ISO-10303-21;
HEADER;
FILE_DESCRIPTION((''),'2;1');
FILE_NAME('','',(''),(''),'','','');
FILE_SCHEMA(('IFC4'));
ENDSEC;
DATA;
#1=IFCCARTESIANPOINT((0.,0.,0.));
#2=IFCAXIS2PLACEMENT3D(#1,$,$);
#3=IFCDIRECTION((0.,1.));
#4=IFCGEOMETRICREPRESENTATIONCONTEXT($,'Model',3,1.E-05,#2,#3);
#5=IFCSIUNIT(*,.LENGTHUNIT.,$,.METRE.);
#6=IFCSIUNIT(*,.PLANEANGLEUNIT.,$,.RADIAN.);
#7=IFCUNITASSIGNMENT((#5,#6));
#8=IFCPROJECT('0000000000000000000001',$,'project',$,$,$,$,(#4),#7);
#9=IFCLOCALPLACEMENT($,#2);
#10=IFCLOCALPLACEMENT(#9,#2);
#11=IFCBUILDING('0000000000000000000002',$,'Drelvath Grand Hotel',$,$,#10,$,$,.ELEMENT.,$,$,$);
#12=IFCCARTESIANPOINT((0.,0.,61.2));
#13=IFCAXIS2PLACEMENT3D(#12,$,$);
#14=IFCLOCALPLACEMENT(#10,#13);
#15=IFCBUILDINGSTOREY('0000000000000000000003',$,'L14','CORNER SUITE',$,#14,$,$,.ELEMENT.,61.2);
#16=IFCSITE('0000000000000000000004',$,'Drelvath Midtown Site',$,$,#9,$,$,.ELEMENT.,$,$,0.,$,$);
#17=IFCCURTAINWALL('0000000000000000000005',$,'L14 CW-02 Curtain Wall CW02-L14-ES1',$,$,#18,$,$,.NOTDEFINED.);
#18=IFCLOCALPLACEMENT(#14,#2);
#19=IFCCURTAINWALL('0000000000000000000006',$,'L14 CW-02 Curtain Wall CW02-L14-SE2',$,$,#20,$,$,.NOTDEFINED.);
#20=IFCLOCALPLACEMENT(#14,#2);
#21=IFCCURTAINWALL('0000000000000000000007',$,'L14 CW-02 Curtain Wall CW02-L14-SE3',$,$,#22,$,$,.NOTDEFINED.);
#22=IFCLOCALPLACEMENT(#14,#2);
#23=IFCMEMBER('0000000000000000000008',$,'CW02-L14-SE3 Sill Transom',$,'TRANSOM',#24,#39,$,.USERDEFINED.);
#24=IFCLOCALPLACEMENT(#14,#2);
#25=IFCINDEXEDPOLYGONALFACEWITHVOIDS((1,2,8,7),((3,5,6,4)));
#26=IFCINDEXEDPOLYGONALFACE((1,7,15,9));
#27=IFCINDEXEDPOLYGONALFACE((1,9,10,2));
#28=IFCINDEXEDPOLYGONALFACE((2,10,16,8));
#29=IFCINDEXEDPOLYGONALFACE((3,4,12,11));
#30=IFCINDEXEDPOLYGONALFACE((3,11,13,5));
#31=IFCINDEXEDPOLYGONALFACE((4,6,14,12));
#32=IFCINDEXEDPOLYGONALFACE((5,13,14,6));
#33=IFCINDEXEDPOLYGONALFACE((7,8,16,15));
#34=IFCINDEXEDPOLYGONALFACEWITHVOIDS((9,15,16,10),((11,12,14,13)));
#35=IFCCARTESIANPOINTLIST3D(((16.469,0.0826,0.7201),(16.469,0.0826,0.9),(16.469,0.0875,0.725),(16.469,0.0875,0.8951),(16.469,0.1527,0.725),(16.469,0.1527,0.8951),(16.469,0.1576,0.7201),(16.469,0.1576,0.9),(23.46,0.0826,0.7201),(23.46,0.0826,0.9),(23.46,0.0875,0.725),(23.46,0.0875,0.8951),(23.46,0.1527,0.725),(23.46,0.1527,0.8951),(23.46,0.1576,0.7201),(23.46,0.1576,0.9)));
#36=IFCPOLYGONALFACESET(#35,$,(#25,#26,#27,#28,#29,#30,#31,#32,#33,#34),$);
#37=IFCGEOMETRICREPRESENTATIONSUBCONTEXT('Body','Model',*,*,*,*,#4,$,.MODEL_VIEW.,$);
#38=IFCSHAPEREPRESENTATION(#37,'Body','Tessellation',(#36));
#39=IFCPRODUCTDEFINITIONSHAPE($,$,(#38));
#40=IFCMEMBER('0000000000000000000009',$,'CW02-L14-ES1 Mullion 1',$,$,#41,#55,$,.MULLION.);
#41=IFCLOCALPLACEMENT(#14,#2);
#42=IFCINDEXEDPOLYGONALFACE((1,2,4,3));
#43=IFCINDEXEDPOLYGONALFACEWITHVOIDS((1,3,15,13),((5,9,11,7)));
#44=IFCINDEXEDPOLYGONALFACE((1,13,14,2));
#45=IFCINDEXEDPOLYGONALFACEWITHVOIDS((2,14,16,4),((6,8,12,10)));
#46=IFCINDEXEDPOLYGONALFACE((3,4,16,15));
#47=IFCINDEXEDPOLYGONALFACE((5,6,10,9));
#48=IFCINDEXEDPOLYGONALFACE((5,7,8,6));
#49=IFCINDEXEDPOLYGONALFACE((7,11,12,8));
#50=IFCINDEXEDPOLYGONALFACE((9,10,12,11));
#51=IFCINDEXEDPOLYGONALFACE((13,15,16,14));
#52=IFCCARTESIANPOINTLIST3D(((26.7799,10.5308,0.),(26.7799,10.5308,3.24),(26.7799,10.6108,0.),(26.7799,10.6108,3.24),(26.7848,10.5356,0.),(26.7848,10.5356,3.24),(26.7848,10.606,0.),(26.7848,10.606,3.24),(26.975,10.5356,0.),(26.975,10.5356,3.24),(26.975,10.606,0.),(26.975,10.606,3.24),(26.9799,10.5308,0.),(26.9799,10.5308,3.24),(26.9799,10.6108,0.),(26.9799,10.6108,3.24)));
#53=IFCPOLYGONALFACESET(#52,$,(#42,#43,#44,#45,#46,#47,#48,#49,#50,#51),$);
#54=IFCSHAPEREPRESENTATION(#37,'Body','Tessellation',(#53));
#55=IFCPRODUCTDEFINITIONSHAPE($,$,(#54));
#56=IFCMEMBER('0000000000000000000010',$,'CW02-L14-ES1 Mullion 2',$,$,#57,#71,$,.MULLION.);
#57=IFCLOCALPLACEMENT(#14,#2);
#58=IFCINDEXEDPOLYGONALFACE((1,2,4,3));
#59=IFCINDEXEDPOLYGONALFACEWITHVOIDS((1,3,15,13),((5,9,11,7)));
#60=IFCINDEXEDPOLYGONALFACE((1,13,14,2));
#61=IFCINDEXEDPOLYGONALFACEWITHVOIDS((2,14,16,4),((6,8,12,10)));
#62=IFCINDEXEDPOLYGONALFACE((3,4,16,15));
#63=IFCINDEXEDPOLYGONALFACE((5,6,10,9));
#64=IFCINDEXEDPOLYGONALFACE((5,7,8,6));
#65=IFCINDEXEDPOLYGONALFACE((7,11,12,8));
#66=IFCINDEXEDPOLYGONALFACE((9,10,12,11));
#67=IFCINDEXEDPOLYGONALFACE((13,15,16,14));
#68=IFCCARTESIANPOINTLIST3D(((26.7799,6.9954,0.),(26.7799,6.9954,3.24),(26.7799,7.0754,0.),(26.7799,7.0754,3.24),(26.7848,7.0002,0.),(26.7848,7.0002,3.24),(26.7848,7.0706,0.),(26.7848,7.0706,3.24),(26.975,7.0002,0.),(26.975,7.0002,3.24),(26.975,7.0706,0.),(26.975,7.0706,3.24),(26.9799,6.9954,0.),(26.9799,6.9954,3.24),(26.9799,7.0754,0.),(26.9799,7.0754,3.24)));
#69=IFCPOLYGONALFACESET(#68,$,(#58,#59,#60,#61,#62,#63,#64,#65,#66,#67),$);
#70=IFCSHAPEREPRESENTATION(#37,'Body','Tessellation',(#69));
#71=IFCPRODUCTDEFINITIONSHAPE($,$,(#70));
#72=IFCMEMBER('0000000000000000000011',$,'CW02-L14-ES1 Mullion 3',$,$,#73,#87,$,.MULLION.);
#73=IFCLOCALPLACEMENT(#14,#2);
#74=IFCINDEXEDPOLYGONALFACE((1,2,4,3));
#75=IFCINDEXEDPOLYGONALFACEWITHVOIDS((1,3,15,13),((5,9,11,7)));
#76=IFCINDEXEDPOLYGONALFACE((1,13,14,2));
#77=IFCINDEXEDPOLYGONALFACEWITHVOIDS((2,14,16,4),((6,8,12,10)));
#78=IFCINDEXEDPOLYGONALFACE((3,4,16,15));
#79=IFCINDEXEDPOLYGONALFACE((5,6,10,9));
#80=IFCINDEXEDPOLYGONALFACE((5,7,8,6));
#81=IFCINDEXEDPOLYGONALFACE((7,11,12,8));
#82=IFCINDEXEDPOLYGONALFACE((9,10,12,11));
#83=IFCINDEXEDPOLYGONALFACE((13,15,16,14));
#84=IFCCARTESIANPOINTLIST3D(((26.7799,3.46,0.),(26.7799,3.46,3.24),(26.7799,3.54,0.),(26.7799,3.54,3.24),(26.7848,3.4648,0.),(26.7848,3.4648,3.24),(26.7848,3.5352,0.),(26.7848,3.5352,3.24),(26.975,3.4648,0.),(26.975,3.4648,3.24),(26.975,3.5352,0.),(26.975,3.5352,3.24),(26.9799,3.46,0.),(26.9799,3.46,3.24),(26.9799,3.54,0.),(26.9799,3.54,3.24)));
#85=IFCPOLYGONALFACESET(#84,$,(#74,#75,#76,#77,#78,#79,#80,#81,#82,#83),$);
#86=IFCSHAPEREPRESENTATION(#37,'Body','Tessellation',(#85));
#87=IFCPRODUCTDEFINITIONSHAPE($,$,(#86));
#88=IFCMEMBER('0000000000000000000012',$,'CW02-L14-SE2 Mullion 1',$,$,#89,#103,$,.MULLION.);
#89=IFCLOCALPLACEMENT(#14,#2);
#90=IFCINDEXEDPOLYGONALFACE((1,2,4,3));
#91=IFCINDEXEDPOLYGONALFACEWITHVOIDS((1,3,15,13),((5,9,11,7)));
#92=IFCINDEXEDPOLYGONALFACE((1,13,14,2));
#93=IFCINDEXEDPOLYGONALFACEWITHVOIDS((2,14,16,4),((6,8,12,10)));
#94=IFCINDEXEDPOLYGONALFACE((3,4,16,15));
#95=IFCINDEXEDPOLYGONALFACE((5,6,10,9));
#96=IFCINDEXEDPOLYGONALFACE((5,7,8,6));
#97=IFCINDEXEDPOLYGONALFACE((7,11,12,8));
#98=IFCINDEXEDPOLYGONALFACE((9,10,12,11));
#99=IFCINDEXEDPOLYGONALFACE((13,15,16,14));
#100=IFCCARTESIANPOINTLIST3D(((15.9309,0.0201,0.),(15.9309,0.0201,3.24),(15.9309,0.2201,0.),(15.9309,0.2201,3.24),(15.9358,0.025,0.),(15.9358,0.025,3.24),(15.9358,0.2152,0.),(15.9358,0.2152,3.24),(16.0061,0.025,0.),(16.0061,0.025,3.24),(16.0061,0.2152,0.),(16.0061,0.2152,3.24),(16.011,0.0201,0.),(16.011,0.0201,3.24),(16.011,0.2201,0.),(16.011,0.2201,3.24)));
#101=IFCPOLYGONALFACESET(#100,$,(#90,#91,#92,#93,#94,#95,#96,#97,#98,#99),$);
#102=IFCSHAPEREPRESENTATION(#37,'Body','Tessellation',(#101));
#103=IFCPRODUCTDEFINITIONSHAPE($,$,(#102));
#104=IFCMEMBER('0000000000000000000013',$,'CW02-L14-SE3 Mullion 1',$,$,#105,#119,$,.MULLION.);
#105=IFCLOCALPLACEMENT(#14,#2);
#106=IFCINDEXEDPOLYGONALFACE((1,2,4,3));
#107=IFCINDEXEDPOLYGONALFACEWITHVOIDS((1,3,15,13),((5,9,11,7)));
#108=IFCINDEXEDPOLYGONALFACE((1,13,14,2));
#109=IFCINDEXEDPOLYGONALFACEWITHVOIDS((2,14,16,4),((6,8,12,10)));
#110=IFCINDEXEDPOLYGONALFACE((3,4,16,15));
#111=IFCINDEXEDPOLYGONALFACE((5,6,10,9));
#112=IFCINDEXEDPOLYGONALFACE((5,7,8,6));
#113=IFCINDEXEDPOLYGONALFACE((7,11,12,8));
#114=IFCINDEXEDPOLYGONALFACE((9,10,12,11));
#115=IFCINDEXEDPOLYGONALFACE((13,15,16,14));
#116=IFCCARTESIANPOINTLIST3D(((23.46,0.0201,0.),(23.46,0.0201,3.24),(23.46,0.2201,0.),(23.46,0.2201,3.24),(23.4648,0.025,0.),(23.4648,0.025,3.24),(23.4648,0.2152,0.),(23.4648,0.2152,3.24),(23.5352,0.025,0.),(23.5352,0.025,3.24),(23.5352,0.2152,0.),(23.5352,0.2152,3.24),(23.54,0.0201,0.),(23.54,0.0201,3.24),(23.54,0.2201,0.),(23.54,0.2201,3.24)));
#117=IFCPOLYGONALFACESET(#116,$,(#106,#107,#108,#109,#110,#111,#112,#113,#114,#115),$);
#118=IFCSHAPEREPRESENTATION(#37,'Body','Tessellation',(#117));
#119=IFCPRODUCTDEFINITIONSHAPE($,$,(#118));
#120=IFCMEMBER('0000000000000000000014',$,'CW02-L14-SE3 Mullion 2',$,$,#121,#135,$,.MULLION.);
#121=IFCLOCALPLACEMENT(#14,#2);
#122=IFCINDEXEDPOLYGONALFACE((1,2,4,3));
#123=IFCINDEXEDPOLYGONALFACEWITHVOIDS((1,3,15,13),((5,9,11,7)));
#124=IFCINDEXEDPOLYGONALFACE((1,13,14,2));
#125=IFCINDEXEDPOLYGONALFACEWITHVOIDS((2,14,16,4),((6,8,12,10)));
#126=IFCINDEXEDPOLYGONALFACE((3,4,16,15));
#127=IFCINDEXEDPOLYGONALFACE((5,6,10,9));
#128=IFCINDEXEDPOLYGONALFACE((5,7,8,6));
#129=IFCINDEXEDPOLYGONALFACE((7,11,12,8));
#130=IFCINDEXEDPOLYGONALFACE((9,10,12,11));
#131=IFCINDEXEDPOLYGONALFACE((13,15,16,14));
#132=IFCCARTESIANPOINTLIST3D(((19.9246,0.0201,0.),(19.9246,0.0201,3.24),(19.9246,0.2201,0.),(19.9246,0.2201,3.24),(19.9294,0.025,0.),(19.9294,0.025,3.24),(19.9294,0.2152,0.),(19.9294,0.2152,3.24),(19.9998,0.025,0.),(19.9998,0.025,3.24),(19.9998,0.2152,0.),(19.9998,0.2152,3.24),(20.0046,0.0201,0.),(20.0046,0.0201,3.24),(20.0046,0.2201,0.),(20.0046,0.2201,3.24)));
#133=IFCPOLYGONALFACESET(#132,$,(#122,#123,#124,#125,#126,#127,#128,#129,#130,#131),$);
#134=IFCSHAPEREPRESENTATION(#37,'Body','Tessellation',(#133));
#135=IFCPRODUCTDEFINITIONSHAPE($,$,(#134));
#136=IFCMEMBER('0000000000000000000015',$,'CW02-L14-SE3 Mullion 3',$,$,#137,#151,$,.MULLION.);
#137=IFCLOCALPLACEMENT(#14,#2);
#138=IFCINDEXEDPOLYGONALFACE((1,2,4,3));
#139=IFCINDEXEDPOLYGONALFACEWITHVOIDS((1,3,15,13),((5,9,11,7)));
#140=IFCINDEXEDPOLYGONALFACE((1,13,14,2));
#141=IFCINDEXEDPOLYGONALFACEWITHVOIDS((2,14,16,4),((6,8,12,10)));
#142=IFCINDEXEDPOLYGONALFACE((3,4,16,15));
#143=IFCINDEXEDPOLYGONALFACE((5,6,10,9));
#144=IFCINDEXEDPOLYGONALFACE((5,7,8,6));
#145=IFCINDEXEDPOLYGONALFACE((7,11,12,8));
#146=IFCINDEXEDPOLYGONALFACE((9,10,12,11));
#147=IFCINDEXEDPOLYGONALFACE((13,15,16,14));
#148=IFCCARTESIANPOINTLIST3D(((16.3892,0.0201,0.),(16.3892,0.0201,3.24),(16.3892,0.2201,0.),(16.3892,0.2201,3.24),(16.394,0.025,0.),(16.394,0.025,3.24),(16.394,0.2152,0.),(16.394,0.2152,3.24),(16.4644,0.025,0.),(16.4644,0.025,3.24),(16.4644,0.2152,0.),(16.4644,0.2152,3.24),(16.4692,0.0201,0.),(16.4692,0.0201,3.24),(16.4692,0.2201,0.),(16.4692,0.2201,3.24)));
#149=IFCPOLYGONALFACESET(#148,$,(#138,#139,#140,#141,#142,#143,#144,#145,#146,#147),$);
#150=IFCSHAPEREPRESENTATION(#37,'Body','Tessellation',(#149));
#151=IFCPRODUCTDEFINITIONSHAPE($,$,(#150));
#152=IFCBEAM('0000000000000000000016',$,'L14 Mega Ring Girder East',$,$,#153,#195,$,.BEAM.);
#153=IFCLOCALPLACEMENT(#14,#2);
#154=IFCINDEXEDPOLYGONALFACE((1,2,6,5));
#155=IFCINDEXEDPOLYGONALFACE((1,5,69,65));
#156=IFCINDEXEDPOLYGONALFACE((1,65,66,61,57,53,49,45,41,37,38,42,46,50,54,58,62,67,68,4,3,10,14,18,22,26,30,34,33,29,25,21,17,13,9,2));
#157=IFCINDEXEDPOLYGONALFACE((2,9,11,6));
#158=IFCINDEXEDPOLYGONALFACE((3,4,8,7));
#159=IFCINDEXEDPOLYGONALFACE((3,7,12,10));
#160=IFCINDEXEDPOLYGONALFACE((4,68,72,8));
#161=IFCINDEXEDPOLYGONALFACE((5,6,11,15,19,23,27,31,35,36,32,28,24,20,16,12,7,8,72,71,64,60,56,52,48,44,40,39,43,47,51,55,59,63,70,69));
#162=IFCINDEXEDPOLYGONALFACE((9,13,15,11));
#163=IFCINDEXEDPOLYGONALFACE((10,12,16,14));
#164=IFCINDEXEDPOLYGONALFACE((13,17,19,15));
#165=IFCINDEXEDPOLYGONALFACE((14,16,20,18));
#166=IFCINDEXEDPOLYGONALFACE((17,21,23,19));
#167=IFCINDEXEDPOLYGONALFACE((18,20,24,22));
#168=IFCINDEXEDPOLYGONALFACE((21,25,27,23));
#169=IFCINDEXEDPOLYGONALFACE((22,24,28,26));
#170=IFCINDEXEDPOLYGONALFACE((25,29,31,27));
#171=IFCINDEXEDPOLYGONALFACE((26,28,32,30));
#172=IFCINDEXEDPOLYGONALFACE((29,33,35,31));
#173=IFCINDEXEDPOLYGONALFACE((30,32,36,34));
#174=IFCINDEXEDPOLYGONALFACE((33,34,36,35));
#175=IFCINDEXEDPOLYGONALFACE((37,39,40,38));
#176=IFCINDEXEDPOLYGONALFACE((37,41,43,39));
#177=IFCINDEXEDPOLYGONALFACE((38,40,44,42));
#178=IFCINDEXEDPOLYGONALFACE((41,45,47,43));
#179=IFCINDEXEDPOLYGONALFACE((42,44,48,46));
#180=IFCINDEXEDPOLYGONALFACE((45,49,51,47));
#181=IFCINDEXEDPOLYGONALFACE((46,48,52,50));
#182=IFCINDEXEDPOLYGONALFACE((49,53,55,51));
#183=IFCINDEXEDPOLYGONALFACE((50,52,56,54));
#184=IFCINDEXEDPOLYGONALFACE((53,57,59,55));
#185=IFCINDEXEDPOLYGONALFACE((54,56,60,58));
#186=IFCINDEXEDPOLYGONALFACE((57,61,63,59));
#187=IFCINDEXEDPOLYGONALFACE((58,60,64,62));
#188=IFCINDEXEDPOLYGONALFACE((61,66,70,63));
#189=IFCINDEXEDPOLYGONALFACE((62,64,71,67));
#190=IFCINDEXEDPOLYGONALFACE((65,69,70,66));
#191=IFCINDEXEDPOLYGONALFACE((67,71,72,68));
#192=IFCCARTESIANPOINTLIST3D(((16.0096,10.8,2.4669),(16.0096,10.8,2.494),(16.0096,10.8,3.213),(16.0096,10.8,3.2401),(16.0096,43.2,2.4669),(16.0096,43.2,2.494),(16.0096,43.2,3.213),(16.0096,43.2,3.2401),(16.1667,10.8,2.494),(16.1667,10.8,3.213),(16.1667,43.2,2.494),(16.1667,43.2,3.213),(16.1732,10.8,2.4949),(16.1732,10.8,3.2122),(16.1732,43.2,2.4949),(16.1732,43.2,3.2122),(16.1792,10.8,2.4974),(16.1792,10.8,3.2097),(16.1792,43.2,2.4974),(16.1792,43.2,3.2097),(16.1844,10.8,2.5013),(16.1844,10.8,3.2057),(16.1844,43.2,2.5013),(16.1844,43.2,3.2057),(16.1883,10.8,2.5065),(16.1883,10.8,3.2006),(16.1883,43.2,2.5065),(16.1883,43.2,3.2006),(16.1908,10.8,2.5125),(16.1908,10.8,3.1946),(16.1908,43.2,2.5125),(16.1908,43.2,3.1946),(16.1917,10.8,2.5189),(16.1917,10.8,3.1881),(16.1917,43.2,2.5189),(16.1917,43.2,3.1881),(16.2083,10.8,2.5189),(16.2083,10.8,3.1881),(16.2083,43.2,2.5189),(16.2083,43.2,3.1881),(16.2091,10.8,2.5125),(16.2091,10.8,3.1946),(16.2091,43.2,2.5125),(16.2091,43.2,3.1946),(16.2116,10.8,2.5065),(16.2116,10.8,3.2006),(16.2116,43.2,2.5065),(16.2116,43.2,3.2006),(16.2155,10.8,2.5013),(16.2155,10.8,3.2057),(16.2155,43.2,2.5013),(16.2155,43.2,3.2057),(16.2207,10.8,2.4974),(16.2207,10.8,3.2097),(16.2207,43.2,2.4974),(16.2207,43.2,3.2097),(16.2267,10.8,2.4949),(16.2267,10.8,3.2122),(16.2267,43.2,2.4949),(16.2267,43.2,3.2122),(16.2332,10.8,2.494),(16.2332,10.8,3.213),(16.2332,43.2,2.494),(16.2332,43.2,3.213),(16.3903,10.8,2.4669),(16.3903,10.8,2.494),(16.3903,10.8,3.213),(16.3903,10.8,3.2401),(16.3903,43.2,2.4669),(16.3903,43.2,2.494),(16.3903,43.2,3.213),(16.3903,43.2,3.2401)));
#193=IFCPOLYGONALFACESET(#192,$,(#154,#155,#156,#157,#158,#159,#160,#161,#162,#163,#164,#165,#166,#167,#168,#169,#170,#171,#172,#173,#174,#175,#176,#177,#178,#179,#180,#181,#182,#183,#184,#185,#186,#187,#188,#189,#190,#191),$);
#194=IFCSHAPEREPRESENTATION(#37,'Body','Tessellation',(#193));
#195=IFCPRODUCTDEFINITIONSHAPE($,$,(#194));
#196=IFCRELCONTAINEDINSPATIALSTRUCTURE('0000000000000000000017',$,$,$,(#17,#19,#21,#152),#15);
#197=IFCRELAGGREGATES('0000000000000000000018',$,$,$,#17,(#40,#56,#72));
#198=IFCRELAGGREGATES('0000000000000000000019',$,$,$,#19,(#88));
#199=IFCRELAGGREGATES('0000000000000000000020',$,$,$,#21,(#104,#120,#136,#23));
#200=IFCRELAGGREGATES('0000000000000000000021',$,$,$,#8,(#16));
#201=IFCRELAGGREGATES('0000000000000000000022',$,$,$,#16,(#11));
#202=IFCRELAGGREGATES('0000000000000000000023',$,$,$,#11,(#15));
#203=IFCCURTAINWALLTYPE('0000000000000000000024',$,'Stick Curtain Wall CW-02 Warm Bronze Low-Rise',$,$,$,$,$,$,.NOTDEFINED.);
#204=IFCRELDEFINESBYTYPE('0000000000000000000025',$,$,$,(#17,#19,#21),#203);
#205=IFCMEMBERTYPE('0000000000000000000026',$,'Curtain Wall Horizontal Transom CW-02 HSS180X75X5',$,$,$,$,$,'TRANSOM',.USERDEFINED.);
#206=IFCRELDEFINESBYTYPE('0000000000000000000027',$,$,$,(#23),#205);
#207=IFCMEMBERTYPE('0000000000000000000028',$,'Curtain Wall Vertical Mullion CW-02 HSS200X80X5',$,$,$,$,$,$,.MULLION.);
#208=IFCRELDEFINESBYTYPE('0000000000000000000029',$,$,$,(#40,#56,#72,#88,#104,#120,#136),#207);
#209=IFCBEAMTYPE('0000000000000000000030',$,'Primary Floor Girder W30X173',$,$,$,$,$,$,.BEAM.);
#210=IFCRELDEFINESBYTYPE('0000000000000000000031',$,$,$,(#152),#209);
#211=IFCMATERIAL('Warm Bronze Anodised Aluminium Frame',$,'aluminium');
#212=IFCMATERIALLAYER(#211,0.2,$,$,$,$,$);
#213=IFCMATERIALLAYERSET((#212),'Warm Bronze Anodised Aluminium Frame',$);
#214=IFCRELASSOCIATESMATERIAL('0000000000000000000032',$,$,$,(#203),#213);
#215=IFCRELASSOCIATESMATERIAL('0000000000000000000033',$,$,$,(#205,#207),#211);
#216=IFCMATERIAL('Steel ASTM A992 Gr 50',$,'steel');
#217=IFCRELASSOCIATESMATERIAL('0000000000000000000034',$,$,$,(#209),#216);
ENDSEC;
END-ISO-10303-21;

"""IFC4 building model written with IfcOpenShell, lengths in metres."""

from ifc_helpers import new_model, si_unit, direction, frame, origin, origin_2d, place, context, subcontext, project, spatial, hollow_rectangle, i_section, extrude, material, layer, layer_set, material_profile, profile_set, type_object, element, aggregate, save


model = new_model("IFC4")

# Units and contexts
model_context = context("Model", 3, precision=1e-05, world=origin(), true_north=direction((0.0, 1.0)))
body_context = subcontext(model_context, "Body", "Model", "MODEL_VIEW")
ifc_project = project(units=[si_unit("LENGTHUNIT", "METRE"), si_unit("PLANEANGLEUNIT", "RADIAN")], contexts=[model_context])

# Site, building, storey
site_placement = place(None, origin())
site = spatial("IfcSite", under=ifc_project, at=site_placement, Name="Drelvath Midtown Site", CompositionType="ELEMENT", RefElevation=0.0)
building_placement = place(site_placement, origin())
building = spatial("IfcBuilding", under=site, at=building_placement, Name="Drelvath Grand Hotel", CompositionType="ELEMENT")
storey_placement = place(building_placement, frame((0.0, 0.0, 61.2)))
storey = spatial("IfcBuildingStorey", under=building, at=storey_placement, Name="L14", Description="CORNER SUITE", CompositionType="ELEMENT", Elevation=61.2)

# Shared definitions
ifc_material_1 = material(Name="Steel ASTM A992 Gr 50", Category="steel")

# Curtain walls, member
ifc_material_2 = material(Name="Warm Bronze Anodised Aluminium Frame", Category="aluminium")
ifc_layer_1 = layer(ifc_material_2, 0.2)
ifc_layer_set_1 = layer_set([ifc_layer_1], Name="Warm Bronze Anodised Aluminium Frame")
curtain_wall_type = type_object("IfcCurtainWallType", Name="Stick Curtain Wall CW-02 Warm Bronze Low-Rise", PredefinedType="NOTDEFINED", material=ifc_layer_set_1)
curtain_wall_1_placement = place(storey_placement, origin())
curtain_wall_1 = element("IfcCurtainWall", 1, at=curtain_wall_1_placement, inside=storey, type_object=curtain_wall_type, Name="L14 CW-02 Curtain Wall CW02-L14-ES1", PredefinedType="NOTDEFINED")
ifc_material_profile_1 = material_profile(ifc_material_2, hollow_rectangle(XDim=0.075, YDim=0.1799, WallThickness=0.0049, at=origin_2d()), Name="HSS180X75X5")
ifc_profile_set_1 = profile_set([ifc_material_profile_1], Name="Warm Bronze Anodised Aluminium Frame")
member_type_1 = type_object("IfcMemberType", Name="Curtain Wall Horizontal Transom CW-02 HSS180X75X5", ElementType="TRANSOM", PredefinedType="USERDEFINED", material=ifc_profile_set_1)
curtain_wall_2_placement = place(storey_placement, origin())
curtain_wall_2 = element("IfcCurtainWall", 2, at=curtain_wall_2_placement, inside=storey, type_object=curtain_wall_type, Name="L14 CW-02 Curtain Wall CW02-L14-SE2", PredefinedType="NOTDEFINED")
curtain_wall_3_placement = place(storey_placement, origin())
curtain_wall_3 = element("IfcCurtainWall", 3, at=curtain_wall_3_placement, inside=storey, type_object=curtain_wall_type, Name="L14 CW-02 Curtain Wall CW02-L14-SE3", PredefinedType="NOTDEFINED")
member_1_placement = place(storey_placement, frame((23.46, 0.1201, 0.8101), z_axis=(-1.0, 0.0, 0.0), x_axis=(0.0, -1.0, 0.0)))
member_1 = element("IfcMember", 4, at=member_1_placement, type_object=member_type_1, Name="CW02-L14-SE3 Sill Transom", ObjectType="TRANSOM", PredefinedType="USERDEFINED", context=body_context, shape_type="SweptSolid", body=[
    extrude(hollow_rectangle(XDim=0.075, YDim=0.1799, WallThickness=0.0049, at=origin_2d()), origin(), (0.0, 0.0, 1.0), 6.991),
])

# Members
ifc_material_profile_2 = material_profile(ifc_material_2, hollow_rectangle(XDim=0.0801, YDim=0.2, WallThickness=0.0049, at=origin_2d()), Name="HSS200X80X5")
ifc_profile_set_2 = profile_set([ifc_material_profile_2], Name="Warm Bronze Anodised Aluminium Frame")
member_type_2 = type_object("IfcMemberType", Name="Curtain Wall Vertical Mullion CW-02 HSS200X80X5", PredefinedType="MULLION", material=ifc_profile_set_2)
member_2_placement = place(storey_placement, frame((26.8799, 10.5708, 0.0), z_axis=(0.0, 0.0, 1.0), x_axis=(0.0, 1.0, 0.0)))
member_2 = element("IfcMember", 5, at=member_2_placement, type_object=member_type_2, Name="CW02-L14-ES1 Mullion 1", PredefinedType="MULLION", context=body_context, shape_type="SweptSolid", body=[
    extrude(hollow_rectangle(XDim=0.0801, YDim=0.2, WallThickness=0.0049, at=origin_2d()), origin(), (0.0, 0.0, 1.0), 3.24),
])
member_3_placement = place(storey_placement, frame((26.8799, 7.0354, 0.0), z_axis=(0.0, 0.0, 1.0), x_axis=(0.0, 1.0, 0.0)))
member_3 = element("IfcMember", 6, at=member_3_placement, type_object=member_type_2, Name="CW02-L14-ES1 Mullion 2", PredefinedType="MULLION", context=body_context, shape_type="SweptSolid", body=[
    extrude(hollow_rectangle(XDim=0.0801, YDim=0.2, WallThickness=0.0049, at=origin_2d()), origin(), (0.0, 0.0, 1.0), 3.24),
])
member_4_placement = place(storey_placement, frame((26.8799, 3.5, 0.0), z_axis=(0.0, 0.0, 1.0), x_axis=(0.0, 1.0, 0.0)))
member_4 = element("IfcMember", 7, at=member_4_placement, type_object=member_type_2, Name="CW02-L14-ES1 Mullion 3", PredefinedType="MULLION", context=body_context, shape_type="SweptSolid", body=[
    extrude(hollow_rectangle(XDim=0.0801, YDim=0.2, WallThickness=0.0049, at=origin_2d()), origin(), (0.0, 0.0, 1.0), 3.24),
])
member_5_placement = place(storey_placement, frame((15.9709, 0.1201, 0.0), z_axis=(0.0, 0.0, 1.0), x_axis=(1.0, 0.0, 0.0)))
member_5 = element("IfcMember", 8, at=member_5_placement, type_object=member_type_2, Name="CW02-L14-SE2 Mullion 1", PredefinedType="MULLION", context=body_context, shape_type="SweptSolid", body=[
    extrude(hollow_rectangle(XDim=0.0801, YDim=0.2, WallThickness=0.0049, at=origin_2d()), origin(), (0.0, 0.0, 1.0), 3.24),
])
member_6_placement = place(storey_placement, frame((23.5, 0.1201, 0.0), z_axis=(0.0, 0.0, 1.0), x_axis=(1.0, 0.0, 0.0)))
member_6 = element("IfcMember", 9, at=member_6_placement, type_object=member_type_2, Name="CW02-L14-SE3 Mullion 1", PredefinedType="MULLION", context=body_context, shape_type="SweptSolid", body=[
    extrude(hollow_rectangle(XDim=0.0801, YDim=0.2, WallThickness=0.0049, at=origin_2d()), origin(), (0.0, 0.0, 1.0), 3.24),
])
member_7_placement = place(storey_placement, frame((19.9646, 0.1201, 0.0), z_axis=(0.0, 0.0, 1.0), x_axis=(1.0, 0.0, 0.0)))
member_7 = element("IfcMember", 10, at=member_7_placement, type_object=member_type_2, Name="CW02-L14-SE3 Mullion 2", PredefinedType="MULLION", context=body_context, shape_type="SweptSolid", body=[
    extrude(hollow_rectangle(XDim=0.0801, YDim=0.2, WallThickness=0.0049, at=origin_2d()), origin(), (0.0, 0.0, 1.0), 3.24),
])
member_8_placement = place(storey_placement, frame((16.4292, 0.1201, 0.0), z_axis=(0.0, 0.0, 1.0), x_axis=(1.0, 0.0, 0.0)))
member_8 = element("IfcMember", 11, at=member_8_placement, type_object=member_type_2, Name="CW02-L14-SE3 Mullion 3", PredefinedType="MULLION", context=body_context, shape_type="SweptSolid", body=[
    extrude(hollow_rectangle(XDim=0.0801, YDim=0.2, WallThickness=0.0049, at=origin_2d()), origin(), (0.0, 0.0, 1.0), 3.24),
])

# Beam
ifc_material_profile_3 = material_profile(ifc_material_1, i_section(OverallWidth=0.3806, OverallDepth=0.7732, WebThickness=0.0166, FlangeThickness=0.0271, FilletRadius=0.0249, at=origin_2d()), Name="W30X173")
ifc_profile_set_3 = profile_set([ifc_material_profile_3], Name="Steel ASTM A992 Gr 50")
beam_type_1 = type_object("IfcBeamType", Name="Primary Floor Girder W30X173", PredefinedType="BEAM", material=ifc_profile_set_3)
beam_1_placement = place(storey_placement, frame((16.2, 10.8, 2.8535), z_axis=(0.0, 1.0, 0.0), x_axis=(-1.0, 0.0, 0.0)))
element("IfcBeam", 12, at=beam_1_placement, inside=storey, type_object=beam_type_1, Name="L14 Mega Ring Girder East", PredefinedType="BEAM", context=body_context, shape_type="SweptSolid", body=[
    extrude(i_section(OverallWidth=0.3806, OverallDepth=0.7732, WebThickness=0.0166, FlangeThickness=0.0271, FilletRadius=0.0249, at=origin_2d()), origin(), (0.0, 0.0, 1.0), 32.3999),
])

aggregate(curtain_wall_1, [member_2, member_3, member_4])
aggregate(curtain_wall_2, [member_5])
aggregate(curtain_wall_3, [member_6, member_7, member_8, member_1])

save(model, "model.ifc")
